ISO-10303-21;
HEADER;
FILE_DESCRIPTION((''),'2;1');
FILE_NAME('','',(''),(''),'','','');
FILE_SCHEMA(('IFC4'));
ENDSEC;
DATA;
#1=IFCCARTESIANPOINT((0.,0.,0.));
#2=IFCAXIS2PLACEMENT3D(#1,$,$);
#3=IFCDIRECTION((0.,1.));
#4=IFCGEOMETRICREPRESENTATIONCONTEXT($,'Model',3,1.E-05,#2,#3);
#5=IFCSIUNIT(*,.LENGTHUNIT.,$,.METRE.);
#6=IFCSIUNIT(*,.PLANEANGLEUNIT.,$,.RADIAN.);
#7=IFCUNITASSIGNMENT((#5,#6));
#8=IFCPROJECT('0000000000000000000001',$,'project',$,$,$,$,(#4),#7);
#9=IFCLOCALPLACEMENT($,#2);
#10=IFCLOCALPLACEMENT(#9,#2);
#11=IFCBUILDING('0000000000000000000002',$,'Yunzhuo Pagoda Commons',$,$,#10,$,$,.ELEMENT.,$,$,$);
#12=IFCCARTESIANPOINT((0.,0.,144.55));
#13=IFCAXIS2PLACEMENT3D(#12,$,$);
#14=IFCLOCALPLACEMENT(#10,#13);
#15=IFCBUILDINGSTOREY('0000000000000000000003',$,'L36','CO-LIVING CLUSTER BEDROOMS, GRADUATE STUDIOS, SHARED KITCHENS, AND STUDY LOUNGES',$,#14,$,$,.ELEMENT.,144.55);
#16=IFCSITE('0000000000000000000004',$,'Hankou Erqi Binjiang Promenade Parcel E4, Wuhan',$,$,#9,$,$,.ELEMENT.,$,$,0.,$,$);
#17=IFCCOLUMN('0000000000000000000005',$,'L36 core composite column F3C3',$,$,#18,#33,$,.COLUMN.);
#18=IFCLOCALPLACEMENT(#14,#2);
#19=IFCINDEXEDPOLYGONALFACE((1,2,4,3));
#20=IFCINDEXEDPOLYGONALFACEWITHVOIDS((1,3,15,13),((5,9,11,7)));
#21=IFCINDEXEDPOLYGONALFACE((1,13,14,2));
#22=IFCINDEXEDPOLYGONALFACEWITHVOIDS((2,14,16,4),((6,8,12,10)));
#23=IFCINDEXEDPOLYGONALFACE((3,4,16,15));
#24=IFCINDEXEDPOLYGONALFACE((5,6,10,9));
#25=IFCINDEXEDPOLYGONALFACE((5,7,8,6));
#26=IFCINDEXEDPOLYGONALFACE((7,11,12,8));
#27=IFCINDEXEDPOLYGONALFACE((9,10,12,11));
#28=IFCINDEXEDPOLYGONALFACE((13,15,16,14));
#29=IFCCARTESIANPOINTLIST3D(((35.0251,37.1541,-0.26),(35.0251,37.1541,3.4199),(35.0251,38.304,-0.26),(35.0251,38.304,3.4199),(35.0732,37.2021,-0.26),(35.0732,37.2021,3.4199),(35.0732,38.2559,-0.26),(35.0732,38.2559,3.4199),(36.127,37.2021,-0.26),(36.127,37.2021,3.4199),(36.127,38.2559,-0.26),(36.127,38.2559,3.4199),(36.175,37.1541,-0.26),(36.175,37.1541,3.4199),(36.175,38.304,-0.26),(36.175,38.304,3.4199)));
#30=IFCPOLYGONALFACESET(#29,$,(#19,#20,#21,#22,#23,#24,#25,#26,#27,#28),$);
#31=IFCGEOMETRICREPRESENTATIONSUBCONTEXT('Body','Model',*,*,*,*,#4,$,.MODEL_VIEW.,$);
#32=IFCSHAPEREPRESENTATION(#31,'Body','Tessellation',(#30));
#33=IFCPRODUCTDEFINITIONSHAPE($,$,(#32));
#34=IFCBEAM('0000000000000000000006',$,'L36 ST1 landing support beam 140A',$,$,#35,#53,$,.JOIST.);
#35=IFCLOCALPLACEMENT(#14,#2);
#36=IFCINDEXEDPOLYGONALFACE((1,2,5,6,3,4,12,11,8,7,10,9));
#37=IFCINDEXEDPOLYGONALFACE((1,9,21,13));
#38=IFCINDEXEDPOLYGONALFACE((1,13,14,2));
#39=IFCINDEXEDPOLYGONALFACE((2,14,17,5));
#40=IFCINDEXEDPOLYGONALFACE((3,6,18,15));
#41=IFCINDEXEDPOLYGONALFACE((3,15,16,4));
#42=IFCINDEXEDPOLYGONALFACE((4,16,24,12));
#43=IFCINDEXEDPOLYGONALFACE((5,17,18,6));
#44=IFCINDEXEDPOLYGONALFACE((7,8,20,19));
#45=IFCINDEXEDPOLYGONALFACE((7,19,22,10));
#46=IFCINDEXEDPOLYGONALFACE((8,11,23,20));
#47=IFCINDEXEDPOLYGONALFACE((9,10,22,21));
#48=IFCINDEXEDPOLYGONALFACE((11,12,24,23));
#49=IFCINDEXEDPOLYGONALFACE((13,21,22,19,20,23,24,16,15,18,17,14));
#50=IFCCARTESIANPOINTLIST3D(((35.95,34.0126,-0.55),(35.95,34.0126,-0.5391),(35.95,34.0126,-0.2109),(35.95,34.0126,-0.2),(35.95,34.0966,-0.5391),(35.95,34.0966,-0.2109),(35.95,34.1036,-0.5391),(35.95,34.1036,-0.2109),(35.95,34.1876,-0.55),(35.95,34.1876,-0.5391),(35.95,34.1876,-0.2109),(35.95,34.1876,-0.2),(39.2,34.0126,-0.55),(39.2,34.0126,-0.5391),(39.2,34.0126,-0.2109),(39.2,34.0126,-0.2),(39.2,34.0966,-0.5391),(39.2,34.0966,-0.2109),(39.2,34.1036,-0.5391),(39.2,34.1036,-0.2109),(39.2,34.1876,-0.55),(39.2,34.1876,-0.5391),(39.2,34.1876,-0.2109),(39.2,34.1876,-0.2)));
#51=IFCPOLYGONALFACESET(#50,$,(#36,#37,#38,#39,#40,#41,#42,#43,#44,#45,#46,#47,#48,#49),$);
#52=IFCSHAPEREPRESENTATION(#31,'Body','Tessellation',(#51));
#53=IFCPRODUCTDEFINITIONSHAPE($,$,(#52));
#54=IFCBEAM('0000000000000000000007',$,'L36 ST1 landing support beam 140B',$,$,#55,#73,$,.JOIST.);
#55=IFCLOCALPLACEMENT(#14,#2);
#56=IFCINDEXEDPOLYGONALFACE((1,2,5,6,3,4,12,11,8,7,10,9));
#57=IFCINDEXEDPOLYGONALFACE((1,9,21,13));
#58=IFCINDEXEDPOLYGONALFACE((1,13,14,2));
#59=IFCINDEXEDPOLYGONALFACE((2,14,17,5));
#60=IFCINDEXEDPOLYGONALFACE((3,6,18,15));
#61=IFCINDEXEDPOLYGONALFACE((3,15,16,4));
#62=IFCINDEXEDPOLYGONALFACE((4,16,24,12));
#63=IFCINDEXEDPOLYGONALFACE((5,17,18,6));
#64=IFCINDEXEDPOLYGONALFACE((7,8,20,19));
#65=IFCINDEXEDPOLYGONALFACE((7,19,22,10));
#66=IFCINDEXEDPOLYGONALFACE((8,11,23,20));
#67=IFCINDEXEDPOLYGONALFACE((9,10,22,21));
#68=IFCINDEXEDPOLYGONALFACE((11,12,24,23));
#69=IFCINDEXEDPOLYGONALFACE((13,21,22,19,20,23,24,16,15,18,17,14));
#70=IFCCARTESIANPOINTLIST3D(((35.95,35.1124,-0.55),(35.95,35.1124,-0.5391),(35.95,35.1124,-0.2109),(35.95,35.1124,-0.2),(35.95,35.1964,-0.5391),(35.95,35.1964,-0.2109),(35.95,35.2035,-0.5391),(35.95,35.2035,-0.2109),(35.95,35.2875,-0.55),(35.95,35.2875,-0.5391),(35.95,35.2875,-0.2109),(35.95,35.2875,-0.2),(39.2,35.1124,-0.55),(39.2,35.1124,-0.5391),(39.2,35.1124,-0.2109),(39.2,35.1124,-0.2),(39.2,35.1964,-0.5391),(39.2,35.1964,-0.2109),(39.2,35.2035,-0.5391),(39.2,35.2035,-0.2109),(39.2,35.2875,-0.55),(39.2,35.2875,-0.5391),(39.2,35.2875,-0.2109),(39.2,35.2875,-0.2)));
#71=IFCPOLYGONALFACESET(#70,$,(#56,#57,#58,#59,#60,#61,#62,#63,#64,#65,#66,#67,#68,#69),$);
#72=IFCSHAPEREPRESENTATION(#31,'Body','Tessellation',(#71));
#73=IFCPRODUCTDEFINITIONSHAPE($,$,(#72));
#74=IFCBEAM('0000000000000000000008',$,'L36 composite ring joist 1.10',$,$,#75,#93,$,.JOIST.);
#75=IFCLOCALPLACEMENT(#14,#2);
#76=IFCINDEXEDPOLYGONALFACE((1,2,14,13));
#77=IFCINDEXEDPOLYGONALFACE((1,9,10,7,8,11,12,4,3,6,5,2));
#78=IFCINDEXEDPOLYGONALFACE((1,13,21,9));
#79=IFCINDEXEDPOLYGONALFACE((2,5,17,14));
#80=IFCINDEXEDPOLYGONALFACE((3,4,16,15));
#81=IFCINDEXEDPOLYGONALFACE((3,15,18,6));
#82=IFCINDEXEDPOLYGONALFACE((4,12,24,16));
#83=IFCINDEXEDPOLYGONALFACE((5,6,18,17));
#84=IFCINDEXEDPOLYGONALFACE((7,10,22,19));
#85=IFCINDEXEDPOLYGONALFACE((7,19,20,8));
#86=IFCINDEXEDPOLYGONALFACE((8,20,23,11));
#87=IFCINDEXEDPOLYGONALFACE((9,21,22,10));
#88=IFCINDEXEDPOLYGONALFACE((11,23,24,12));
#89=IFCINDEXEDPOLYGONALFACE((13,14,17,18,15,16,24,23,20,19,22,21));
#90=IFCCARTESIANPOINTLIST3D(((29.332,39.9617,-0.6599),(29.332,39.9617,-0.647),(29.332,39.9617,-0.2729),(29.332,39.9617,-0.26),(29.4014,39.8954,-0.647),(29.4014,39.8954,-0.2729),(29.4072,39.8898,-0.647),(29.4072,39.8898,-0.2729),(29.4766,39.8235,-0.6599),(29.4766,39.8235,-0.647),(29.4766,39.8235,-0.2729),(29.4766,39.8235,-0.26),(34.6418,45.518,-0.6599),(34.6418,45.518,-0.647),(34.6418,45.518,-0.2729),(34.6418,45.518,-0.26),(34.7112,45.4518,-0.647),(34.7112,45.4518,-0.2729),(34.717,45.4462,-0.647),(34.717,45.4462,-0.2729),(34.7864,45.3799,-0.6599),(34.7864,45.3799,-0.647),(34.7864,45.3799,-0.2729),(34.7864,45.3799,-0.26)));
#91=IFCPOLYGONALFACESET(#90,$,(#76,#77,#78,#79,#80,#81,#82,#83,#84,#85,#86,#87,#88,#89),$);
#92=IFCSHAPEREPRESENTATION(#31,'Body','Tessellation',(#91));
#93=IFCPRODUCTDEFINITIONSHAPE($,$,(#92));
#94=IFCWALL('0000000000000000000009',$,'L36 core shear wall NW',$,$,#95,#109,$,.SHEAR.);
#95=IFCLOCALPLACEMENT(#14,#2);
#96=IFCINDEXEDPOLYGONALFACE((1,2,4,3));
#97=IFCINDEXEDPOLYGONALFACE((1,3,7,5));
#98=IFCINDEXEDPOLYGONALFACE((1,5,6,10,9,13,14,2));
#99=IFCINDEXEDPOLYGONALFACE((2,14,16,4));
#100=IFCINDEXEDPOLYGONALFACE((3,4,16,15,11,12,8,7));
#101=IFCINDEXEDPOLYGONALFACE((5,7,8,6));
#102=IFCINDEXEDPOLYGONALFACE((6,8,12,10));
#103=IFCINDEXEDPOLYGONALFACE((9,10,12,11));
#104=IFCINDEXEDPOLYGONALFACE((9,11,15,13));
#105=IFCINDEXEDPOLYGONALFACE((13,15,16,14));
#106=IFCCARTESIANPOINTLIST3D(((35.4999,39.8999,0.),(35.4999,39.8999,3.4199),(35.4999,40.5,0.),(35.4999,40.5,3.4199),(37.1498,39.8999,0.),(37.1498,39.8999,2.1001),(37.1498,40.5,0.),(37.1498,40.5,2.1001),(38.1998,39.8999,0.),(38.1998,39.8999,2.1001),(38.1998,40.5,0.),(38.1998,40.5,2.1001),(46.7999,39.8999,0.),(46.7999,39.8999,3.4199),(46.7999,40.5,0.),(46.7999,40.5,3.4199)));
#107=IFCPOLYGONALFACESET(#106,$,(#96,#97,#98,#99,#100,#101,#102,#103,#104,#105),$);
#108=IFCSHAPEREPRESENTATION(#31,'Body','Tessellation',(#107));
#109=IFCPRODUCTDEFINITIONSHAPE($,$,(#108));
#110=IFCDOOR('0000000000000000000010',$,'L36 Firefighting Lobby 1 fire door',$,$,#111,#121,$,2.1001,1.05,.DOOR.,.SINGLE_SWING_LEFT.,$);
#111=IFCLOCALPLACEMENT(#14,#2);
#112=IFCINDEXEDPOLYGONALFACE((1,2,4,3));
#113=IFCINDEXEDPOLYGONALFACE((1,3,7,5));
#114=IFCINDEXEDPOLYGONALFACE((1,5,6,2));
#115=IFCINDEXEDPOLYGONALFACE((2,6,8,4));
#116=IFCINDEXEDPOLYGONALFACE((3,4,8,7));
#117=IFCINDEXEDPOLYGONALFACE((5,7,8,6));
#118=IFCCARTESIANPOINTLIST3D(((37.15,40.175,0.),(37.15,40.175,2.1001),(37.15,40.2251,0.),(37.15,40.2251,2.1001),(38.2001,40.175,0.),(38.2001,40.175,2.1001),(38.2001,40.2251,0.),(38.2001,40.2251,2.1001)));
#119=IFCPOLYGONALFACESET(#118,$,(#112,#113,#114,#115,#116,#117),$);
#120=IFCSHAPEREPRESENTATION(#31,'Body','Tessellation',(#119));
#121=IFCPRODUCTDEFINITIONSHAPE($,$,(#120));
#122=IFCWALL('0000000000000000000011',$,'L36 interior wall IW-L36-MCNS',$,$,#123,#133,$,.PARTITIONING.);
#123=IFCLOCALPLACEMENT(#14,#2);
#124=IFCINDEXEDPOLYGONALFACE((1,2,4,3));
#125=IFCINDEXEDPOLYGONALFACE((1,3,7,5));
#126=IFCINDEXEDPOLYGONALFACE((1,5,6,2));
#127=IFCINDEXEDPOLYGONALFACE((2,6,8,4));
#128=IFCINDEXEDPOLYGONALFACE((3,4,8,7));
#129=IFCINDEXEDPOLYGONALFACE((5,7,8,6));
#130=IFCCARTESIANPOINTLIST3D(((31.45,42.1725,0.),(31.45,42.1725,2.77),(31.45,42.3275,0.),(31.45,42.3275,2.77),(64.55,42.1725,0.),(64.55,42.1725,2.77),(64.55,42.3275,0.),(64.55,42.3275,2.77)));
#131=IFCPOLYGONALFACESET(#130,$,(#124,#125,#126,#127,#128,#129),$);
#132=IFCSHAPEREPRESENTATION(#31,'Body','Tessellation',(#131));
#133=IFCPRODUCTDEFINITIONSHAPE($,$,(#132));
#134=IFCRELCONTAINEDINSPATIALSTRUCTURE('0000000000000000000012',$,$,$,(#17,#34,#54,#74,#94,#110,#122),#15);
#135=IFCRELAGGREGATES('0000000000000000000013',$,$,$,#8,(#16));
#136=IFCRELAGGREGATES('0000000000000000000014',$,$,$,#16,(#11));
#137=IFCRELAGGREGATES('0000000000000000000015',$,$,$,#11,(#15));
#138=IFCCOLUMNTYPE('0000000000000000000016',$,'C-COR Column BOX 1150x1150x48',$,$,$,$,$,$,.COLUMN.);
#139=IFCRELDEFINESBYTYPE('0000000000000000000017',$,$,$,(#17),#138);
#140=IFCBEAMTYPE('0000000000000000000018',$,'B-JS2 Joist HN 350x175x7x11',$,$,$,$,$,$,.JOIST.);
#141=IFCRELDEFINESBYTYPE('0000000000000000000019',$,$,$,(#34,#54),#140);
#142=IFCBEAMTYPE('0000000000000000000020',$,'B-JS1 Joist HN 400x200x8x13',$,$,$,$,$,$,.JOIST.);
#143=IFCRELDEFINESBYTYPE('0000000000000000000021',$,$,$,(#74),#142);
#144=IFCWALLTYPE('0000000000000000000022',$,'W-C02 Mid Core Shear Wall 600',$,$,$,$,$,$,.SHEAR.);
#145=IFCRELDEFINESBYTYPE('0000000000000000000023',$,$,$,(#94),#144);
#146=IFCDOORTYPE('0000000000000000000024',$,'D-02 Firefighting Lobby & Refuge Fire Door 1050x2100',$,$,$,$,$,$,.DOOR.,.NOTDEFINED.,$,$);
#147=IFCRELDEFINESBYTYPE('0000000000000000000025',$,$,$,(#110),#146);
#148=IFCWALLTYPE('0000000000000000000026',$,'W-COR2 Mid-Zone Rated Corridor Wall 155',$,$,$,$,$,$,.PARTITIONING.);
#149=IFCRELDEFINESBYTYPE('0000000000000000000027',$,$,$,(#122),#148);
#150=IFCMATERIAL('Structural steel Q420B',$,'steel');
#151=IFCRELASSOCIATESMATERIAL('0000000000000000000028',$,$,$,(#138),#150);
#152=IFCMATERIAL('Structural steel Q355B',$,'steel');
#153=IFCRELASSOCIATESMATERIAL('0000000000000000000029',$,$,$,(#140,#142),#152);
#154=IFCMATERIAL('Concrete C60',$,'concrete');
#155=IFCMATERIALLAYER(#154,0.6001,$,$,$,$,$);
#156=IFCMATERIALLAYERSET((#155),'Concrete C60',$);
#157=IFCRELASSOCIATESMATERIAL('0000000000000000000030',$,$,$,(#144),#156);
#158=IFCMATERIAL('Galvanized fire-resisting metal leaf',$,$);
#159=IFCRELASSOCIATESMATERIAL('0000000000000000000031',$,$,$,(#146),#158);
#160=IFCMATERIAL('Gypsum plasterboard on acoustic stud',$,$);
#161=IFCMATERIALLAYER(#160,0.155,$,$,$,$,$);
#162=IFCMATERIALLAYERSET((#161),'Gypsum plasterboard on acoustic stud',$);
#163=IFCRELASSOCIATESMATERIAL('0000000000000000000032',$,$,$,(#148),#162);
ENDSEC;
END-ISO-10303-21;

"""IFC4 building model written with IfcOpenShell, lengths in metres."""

from ifc_helpers import new_model, si_unit, direction, frame, frame_2d, origin, origin_2d, place, context, subcontext, project, spatial, rectangle, hollow_rectangle, i_section, extrude, source, transform, mapped, material, layer, layer_set, material_profile, profile_set, type_object, element, fill, save


model = new_model("IFC4")

# Units and contexts
model_context = context("Model", 3, precision=1e-05, world=origin(), true_north=direction((0.0, 1.0)))
body_context = subcontext(model_context, "Body", "Model", "MODEL_VIEW")
ifc_project = project(units=[si_unit("LENGTHUNIT", "METRE"), si_unit("PLANEANGLEUNIT", "RADIAN")], contexts=[model_context])

# Site, building, storey
site_placement = place(None, origin())
site = spatial("IfcSite", under=ifc_project, at=site_placement, Name="Hankou Erqi Binjiang Promenade Parcel E4, Wuhan", CompositionType="ELEMENT", RefElevation=0.0)
building_placement = place(site_placement, origin())
building = spatial("IfcBuilding", under=site, at=building_placement, Name="Yunzhuo Pagoda Commons", CompositionType="ELEMENT")
storey_placement = place(building_placement, frame((0.0, 0.0, 144.55)))
storey = spatial("IfcBuildingStorey", under=building, at=storey_placement, Name="L36", Description="CO-LIVING CLUSTER BEDROOMS, GRADUATE STUDIOS, SHARED KITCHENS, AND STUDY LOUNGES", CompositionType="ELEMENT", Elevation=144.55)

# Column
ifc_material_1 = material(Name="Structural steel Q420B", Category="steel")
ifc_material_profile_1 = material_profile(ifc_material_1, hollow_rectangle(XDim=1.1499, YDim=1.1499, WallThickness=0.0481, at=origin_2d()), Name="Structural steel Q420B")
ifc_profile_set_1 = profile_set([ifc_material_profile_1], Name="Structural steel Q420B")
column_type = type_object("IfcColumnType", Name="C-COR Column BOX 1150x1150x48", PredefinedType="COLUMN", material=ifc_profile_set_1)
shared_shape_1 = source(origin(), body_context, "Body", "SweptSolid", [
    extrude(hollow_rectangle(XDim=1.1499, YDim=1.1499, WallThickness=0.0481, at=origin_2d()), origin(), (0.0, 0.0, 1.0), 3.6799),
])
column_placement = place(storey_placement, frame((35.6001, 37.729, -0.26), z_axis=(0.0, 0.0, 1.0), x_axis=(1.0, 0.0, 0.0)))
element("IfcColumn", 1, at=column_placement, inside=storey, type_object=column_type, Name="L36 core composite column F3C3", PredefinedType="COLUMN", context=body_context, shape_type="MappedRepresentation", body=[
    mapped(shared_shape_1, transform((0.0, 0.0, 0.0), scale=1.0)),
])

# Beams
ifc_material_2 = material(Name="Structural steel Q355B", Category="steel")
ifc_material_profile_2 = material_profile(ifc_material_2, i_section(OverallWidth=0.175, OverallDepth=0.3501, WebThickness=0.0071, FlangeThickness=0.011, at=origin_2d()), Name="Structural steel Q355B")
ifc_profile_set_2 = profile_set([ifc_material_profile_2], Name="Structural steel Q355B")
beam_type_1 = type_object("IfcBeamType", Name="B-JS2 Joist HN 350x175x7x11", PredefinedType="JOIST", material=ifc_profile_set_2)
shared_shape_2 = source(origin(), body_context, "Body", "SweptSolid", [
    extrude(i_section(OverallWidth=0.175, OverallDepth=0.3501, WebThickness=0.0071, FlangeThickness=0.011, at=origin_2d()), origin(), (0.0, 0.0, 1.0), 3.25),
])
for number, where, z_axis, x_axis, name in (
    (2, (35.95, 34.1001, -0.375), (1.0, 0.0, 0.0), (0.0, 1.0, 0.0), "L36 ST1 landing support beam 140A"),
    (3, (35.95, 35.2, -0.375), (1.0, 0.0, 0.0), (0.0, 1.0, 0.0), "L36 ST1 landing support beam 140B"),
):
    element("IfcBeam", number, at=place(storey_placement, frame(where, z_axis=z_axis, x_axis=x_axis)), inside=storey, type_object=beam_type_1, Name=name, PredefinedType="JOIST", context=body_context, shape_type="MappedRepresentation", body=[
        mapped(shared_shape_2, transform((0.0, 0.0, 0.0), scale=1.0)),
    ])
ifc_material_profile_3 = material_profile(ifc_material_2, i_section(OverallWidth=0.2, OverallDepth=0.3999, WebThickness=0.0081, FlangeThickness=0.0129, at=origin_2d()), Name="Structural steel Q355B")
ifc_profile_set_3 = profile_set([ifc_material_profile_3], Name="Structural steel Q355B")
beam_type_2 = type_object("IfcBeamType", Name="B-JS1 Joist HN 400x200x8x13", PredefinedType="JOIST", material=ifc_profile_set_3)
shared_shape_3 = source(origin(), body_context, "Body", "SweptSolid", [
    extrude(i_section(OverallWidth=0.2, OverallDepth=0.3999, WebThickness=0.0081, FlangeThickness=0.0129, at=origin_2d()), origin(), (0.0, 0.0, 1.0), 7.6855),
])
beam_placement = place(storey_placement, frame((34.7141, 45.449, -0.46), z_axis=(-0.690883, -0.722967, 0.0), x_axis=(0.722967, -0.690883, 0.0)))
element("IfcBeam", 4, at=beam_placement, inside=storey, type_object=beam_type_2, Name="L36 composite ring joist 1.10", PredefinedType="JOIST", context=body_context, shape_type="MappedRepresentation", body=[
    mapped(shared_shape_3, transform((0.0, 0.0, 0.0), scale=1.0)),
])

# Wall, opening, door
ifc_material_3 = material(Name="Concrete C60", Category="concrete")
ifc_layer_1 = layer(ifc_material_3, 0.6001)
ifc_layer_set_1 = layer_set([ifc_layer_1], Name="Concrete C60")
wall_type_1 = type_object("IfcWallType", Name="W-C02 Mid Core Shear Wall 600", PredefinedType="SHEAR", material=ifc_layer_set_1)
wall_1_placement = place(storey_placement, frame((35.5, 40.2, 0.0), z_axis=(0.0, 0.0, 1.0), x_axis=(1.0, 0.0, 0.0)))
wall_1 = element("IfcWall", 5, at=wall_1_placement, inside=storey, type_object=wall_type_1, Name="L36 core shear wall NW", PredefinedType="SHEAR", context=body_context, shape_type="SweptSolid", body=[
    extrude(rectangle(XDim=11.3, YDim=0.6001, at=frame_2d((5.6499, 0.0))), origin(), (0.0, 0.0, 1.0), 3.4199),
])
opening_1_placement = place(wall_1_placement, frame((1.6499, 0.0, 0.0)))
opening_1 = element("IfcOpeningElement", 6, at=opening_1_placement, cuts=wall_1, PredefinedType="OPENING", context=body_context, shape_type="SweptSolid", body=[
    extrude(rectangle(XDim=1.05, YDim=2.1001, at=frame_2d((0.5249, 1.05))), frame((0.0, 0.3101, 0.0), z_axis=(0.0, -1.0, 0.0), x_axis=(1.0, 0.0, 0.0)), (0.0, 0.0, 1.0), 0.6201),
])
ifc_material_4 = material(Name="Galvanized fire-resisting metal leaf")
door_type_1 = type_object("IfcDoorType", Name="D-02 Firefighting Lobby & Refuge Fire Door 1050x2100", OperationType="NOTDEFINED", PredefinedType="DOOR", material=ifc_material_4)
shared_shape_4 = source(origin(), body_context, "Body", "SweptSolid", [
    extrude(rectangle(XDim=1.05, YDim=2.1001, at=frame_2d((0.5249, 1.05))), frame((0.0, 0.0249, 0.0), z_axis=(0.0, -1.0, 0.0), x_axis=(1.0, 0.0, 0.0)), (0.0, 0.0, 1.0), 0.05),
])
door_1_placement = place(opening_1_placement, frame((1.05, 0.0, 0.0), z_axis=(0.0, 0.0, 1.0), x_axis=(-1.0, 0.0, 0.0)))
door_1 = element("IfcDoor", 7, at=door_1_placement, inside=storey, type_object=door_type_1, Name="L36 Firefighting Lobby 1 fire door", OperationType="SINGLE_SWING_LEFT", OverallHeight=2.1001, OverallWidth=1.05, PredefinedType="DOOR", context=body_context, shape_type="MappedRepresentation", body=[
    mapped(shared_shape_4, transform((0.0, 0.0, 0.0), scale=1.0)),
])
fill(opening_1, door_1)

# Wall
ifc_material_5 = material(Name="Gypsum plasterboard on acoustic stud")
ifc_layer_2 = layer(ifc_material_5, 0.155)
ifc_layer_set_2 = layer_set([ifc_layer_2], Name="Gypsum plasterboard on acoustic stud")
wall_type_2 = type_object("IfcWallType", Name="W-COR2 Mid-Zone Rated Corridor Wall 155", PredefinedType="PARTITIONING", material=ifc_layer_set_2)
wall_2_placement = place(storey_placement, frame((31.45, 42.25, 0.0), z_axis=(0.0, 0.0, 1.0), x_axis=(1.0, 0.0, 0.0)))
element("IfcWall", 8, at=wall_2_placement, inside=storey, type_object=wall_type_2, Name="L36 interior wall IW-L36-MCNS", PredefinedType="PARTITIONING", context=body_context, shape_type="SweptSolid", body=[
    extrude(rectangle(XDim=33.1001, YDim=0.155, at=frame_2d((16.55, 0.0))), origin(), (0.0, 0.0, 1.0), 2.77),
])

save(model, "model.ifc")
